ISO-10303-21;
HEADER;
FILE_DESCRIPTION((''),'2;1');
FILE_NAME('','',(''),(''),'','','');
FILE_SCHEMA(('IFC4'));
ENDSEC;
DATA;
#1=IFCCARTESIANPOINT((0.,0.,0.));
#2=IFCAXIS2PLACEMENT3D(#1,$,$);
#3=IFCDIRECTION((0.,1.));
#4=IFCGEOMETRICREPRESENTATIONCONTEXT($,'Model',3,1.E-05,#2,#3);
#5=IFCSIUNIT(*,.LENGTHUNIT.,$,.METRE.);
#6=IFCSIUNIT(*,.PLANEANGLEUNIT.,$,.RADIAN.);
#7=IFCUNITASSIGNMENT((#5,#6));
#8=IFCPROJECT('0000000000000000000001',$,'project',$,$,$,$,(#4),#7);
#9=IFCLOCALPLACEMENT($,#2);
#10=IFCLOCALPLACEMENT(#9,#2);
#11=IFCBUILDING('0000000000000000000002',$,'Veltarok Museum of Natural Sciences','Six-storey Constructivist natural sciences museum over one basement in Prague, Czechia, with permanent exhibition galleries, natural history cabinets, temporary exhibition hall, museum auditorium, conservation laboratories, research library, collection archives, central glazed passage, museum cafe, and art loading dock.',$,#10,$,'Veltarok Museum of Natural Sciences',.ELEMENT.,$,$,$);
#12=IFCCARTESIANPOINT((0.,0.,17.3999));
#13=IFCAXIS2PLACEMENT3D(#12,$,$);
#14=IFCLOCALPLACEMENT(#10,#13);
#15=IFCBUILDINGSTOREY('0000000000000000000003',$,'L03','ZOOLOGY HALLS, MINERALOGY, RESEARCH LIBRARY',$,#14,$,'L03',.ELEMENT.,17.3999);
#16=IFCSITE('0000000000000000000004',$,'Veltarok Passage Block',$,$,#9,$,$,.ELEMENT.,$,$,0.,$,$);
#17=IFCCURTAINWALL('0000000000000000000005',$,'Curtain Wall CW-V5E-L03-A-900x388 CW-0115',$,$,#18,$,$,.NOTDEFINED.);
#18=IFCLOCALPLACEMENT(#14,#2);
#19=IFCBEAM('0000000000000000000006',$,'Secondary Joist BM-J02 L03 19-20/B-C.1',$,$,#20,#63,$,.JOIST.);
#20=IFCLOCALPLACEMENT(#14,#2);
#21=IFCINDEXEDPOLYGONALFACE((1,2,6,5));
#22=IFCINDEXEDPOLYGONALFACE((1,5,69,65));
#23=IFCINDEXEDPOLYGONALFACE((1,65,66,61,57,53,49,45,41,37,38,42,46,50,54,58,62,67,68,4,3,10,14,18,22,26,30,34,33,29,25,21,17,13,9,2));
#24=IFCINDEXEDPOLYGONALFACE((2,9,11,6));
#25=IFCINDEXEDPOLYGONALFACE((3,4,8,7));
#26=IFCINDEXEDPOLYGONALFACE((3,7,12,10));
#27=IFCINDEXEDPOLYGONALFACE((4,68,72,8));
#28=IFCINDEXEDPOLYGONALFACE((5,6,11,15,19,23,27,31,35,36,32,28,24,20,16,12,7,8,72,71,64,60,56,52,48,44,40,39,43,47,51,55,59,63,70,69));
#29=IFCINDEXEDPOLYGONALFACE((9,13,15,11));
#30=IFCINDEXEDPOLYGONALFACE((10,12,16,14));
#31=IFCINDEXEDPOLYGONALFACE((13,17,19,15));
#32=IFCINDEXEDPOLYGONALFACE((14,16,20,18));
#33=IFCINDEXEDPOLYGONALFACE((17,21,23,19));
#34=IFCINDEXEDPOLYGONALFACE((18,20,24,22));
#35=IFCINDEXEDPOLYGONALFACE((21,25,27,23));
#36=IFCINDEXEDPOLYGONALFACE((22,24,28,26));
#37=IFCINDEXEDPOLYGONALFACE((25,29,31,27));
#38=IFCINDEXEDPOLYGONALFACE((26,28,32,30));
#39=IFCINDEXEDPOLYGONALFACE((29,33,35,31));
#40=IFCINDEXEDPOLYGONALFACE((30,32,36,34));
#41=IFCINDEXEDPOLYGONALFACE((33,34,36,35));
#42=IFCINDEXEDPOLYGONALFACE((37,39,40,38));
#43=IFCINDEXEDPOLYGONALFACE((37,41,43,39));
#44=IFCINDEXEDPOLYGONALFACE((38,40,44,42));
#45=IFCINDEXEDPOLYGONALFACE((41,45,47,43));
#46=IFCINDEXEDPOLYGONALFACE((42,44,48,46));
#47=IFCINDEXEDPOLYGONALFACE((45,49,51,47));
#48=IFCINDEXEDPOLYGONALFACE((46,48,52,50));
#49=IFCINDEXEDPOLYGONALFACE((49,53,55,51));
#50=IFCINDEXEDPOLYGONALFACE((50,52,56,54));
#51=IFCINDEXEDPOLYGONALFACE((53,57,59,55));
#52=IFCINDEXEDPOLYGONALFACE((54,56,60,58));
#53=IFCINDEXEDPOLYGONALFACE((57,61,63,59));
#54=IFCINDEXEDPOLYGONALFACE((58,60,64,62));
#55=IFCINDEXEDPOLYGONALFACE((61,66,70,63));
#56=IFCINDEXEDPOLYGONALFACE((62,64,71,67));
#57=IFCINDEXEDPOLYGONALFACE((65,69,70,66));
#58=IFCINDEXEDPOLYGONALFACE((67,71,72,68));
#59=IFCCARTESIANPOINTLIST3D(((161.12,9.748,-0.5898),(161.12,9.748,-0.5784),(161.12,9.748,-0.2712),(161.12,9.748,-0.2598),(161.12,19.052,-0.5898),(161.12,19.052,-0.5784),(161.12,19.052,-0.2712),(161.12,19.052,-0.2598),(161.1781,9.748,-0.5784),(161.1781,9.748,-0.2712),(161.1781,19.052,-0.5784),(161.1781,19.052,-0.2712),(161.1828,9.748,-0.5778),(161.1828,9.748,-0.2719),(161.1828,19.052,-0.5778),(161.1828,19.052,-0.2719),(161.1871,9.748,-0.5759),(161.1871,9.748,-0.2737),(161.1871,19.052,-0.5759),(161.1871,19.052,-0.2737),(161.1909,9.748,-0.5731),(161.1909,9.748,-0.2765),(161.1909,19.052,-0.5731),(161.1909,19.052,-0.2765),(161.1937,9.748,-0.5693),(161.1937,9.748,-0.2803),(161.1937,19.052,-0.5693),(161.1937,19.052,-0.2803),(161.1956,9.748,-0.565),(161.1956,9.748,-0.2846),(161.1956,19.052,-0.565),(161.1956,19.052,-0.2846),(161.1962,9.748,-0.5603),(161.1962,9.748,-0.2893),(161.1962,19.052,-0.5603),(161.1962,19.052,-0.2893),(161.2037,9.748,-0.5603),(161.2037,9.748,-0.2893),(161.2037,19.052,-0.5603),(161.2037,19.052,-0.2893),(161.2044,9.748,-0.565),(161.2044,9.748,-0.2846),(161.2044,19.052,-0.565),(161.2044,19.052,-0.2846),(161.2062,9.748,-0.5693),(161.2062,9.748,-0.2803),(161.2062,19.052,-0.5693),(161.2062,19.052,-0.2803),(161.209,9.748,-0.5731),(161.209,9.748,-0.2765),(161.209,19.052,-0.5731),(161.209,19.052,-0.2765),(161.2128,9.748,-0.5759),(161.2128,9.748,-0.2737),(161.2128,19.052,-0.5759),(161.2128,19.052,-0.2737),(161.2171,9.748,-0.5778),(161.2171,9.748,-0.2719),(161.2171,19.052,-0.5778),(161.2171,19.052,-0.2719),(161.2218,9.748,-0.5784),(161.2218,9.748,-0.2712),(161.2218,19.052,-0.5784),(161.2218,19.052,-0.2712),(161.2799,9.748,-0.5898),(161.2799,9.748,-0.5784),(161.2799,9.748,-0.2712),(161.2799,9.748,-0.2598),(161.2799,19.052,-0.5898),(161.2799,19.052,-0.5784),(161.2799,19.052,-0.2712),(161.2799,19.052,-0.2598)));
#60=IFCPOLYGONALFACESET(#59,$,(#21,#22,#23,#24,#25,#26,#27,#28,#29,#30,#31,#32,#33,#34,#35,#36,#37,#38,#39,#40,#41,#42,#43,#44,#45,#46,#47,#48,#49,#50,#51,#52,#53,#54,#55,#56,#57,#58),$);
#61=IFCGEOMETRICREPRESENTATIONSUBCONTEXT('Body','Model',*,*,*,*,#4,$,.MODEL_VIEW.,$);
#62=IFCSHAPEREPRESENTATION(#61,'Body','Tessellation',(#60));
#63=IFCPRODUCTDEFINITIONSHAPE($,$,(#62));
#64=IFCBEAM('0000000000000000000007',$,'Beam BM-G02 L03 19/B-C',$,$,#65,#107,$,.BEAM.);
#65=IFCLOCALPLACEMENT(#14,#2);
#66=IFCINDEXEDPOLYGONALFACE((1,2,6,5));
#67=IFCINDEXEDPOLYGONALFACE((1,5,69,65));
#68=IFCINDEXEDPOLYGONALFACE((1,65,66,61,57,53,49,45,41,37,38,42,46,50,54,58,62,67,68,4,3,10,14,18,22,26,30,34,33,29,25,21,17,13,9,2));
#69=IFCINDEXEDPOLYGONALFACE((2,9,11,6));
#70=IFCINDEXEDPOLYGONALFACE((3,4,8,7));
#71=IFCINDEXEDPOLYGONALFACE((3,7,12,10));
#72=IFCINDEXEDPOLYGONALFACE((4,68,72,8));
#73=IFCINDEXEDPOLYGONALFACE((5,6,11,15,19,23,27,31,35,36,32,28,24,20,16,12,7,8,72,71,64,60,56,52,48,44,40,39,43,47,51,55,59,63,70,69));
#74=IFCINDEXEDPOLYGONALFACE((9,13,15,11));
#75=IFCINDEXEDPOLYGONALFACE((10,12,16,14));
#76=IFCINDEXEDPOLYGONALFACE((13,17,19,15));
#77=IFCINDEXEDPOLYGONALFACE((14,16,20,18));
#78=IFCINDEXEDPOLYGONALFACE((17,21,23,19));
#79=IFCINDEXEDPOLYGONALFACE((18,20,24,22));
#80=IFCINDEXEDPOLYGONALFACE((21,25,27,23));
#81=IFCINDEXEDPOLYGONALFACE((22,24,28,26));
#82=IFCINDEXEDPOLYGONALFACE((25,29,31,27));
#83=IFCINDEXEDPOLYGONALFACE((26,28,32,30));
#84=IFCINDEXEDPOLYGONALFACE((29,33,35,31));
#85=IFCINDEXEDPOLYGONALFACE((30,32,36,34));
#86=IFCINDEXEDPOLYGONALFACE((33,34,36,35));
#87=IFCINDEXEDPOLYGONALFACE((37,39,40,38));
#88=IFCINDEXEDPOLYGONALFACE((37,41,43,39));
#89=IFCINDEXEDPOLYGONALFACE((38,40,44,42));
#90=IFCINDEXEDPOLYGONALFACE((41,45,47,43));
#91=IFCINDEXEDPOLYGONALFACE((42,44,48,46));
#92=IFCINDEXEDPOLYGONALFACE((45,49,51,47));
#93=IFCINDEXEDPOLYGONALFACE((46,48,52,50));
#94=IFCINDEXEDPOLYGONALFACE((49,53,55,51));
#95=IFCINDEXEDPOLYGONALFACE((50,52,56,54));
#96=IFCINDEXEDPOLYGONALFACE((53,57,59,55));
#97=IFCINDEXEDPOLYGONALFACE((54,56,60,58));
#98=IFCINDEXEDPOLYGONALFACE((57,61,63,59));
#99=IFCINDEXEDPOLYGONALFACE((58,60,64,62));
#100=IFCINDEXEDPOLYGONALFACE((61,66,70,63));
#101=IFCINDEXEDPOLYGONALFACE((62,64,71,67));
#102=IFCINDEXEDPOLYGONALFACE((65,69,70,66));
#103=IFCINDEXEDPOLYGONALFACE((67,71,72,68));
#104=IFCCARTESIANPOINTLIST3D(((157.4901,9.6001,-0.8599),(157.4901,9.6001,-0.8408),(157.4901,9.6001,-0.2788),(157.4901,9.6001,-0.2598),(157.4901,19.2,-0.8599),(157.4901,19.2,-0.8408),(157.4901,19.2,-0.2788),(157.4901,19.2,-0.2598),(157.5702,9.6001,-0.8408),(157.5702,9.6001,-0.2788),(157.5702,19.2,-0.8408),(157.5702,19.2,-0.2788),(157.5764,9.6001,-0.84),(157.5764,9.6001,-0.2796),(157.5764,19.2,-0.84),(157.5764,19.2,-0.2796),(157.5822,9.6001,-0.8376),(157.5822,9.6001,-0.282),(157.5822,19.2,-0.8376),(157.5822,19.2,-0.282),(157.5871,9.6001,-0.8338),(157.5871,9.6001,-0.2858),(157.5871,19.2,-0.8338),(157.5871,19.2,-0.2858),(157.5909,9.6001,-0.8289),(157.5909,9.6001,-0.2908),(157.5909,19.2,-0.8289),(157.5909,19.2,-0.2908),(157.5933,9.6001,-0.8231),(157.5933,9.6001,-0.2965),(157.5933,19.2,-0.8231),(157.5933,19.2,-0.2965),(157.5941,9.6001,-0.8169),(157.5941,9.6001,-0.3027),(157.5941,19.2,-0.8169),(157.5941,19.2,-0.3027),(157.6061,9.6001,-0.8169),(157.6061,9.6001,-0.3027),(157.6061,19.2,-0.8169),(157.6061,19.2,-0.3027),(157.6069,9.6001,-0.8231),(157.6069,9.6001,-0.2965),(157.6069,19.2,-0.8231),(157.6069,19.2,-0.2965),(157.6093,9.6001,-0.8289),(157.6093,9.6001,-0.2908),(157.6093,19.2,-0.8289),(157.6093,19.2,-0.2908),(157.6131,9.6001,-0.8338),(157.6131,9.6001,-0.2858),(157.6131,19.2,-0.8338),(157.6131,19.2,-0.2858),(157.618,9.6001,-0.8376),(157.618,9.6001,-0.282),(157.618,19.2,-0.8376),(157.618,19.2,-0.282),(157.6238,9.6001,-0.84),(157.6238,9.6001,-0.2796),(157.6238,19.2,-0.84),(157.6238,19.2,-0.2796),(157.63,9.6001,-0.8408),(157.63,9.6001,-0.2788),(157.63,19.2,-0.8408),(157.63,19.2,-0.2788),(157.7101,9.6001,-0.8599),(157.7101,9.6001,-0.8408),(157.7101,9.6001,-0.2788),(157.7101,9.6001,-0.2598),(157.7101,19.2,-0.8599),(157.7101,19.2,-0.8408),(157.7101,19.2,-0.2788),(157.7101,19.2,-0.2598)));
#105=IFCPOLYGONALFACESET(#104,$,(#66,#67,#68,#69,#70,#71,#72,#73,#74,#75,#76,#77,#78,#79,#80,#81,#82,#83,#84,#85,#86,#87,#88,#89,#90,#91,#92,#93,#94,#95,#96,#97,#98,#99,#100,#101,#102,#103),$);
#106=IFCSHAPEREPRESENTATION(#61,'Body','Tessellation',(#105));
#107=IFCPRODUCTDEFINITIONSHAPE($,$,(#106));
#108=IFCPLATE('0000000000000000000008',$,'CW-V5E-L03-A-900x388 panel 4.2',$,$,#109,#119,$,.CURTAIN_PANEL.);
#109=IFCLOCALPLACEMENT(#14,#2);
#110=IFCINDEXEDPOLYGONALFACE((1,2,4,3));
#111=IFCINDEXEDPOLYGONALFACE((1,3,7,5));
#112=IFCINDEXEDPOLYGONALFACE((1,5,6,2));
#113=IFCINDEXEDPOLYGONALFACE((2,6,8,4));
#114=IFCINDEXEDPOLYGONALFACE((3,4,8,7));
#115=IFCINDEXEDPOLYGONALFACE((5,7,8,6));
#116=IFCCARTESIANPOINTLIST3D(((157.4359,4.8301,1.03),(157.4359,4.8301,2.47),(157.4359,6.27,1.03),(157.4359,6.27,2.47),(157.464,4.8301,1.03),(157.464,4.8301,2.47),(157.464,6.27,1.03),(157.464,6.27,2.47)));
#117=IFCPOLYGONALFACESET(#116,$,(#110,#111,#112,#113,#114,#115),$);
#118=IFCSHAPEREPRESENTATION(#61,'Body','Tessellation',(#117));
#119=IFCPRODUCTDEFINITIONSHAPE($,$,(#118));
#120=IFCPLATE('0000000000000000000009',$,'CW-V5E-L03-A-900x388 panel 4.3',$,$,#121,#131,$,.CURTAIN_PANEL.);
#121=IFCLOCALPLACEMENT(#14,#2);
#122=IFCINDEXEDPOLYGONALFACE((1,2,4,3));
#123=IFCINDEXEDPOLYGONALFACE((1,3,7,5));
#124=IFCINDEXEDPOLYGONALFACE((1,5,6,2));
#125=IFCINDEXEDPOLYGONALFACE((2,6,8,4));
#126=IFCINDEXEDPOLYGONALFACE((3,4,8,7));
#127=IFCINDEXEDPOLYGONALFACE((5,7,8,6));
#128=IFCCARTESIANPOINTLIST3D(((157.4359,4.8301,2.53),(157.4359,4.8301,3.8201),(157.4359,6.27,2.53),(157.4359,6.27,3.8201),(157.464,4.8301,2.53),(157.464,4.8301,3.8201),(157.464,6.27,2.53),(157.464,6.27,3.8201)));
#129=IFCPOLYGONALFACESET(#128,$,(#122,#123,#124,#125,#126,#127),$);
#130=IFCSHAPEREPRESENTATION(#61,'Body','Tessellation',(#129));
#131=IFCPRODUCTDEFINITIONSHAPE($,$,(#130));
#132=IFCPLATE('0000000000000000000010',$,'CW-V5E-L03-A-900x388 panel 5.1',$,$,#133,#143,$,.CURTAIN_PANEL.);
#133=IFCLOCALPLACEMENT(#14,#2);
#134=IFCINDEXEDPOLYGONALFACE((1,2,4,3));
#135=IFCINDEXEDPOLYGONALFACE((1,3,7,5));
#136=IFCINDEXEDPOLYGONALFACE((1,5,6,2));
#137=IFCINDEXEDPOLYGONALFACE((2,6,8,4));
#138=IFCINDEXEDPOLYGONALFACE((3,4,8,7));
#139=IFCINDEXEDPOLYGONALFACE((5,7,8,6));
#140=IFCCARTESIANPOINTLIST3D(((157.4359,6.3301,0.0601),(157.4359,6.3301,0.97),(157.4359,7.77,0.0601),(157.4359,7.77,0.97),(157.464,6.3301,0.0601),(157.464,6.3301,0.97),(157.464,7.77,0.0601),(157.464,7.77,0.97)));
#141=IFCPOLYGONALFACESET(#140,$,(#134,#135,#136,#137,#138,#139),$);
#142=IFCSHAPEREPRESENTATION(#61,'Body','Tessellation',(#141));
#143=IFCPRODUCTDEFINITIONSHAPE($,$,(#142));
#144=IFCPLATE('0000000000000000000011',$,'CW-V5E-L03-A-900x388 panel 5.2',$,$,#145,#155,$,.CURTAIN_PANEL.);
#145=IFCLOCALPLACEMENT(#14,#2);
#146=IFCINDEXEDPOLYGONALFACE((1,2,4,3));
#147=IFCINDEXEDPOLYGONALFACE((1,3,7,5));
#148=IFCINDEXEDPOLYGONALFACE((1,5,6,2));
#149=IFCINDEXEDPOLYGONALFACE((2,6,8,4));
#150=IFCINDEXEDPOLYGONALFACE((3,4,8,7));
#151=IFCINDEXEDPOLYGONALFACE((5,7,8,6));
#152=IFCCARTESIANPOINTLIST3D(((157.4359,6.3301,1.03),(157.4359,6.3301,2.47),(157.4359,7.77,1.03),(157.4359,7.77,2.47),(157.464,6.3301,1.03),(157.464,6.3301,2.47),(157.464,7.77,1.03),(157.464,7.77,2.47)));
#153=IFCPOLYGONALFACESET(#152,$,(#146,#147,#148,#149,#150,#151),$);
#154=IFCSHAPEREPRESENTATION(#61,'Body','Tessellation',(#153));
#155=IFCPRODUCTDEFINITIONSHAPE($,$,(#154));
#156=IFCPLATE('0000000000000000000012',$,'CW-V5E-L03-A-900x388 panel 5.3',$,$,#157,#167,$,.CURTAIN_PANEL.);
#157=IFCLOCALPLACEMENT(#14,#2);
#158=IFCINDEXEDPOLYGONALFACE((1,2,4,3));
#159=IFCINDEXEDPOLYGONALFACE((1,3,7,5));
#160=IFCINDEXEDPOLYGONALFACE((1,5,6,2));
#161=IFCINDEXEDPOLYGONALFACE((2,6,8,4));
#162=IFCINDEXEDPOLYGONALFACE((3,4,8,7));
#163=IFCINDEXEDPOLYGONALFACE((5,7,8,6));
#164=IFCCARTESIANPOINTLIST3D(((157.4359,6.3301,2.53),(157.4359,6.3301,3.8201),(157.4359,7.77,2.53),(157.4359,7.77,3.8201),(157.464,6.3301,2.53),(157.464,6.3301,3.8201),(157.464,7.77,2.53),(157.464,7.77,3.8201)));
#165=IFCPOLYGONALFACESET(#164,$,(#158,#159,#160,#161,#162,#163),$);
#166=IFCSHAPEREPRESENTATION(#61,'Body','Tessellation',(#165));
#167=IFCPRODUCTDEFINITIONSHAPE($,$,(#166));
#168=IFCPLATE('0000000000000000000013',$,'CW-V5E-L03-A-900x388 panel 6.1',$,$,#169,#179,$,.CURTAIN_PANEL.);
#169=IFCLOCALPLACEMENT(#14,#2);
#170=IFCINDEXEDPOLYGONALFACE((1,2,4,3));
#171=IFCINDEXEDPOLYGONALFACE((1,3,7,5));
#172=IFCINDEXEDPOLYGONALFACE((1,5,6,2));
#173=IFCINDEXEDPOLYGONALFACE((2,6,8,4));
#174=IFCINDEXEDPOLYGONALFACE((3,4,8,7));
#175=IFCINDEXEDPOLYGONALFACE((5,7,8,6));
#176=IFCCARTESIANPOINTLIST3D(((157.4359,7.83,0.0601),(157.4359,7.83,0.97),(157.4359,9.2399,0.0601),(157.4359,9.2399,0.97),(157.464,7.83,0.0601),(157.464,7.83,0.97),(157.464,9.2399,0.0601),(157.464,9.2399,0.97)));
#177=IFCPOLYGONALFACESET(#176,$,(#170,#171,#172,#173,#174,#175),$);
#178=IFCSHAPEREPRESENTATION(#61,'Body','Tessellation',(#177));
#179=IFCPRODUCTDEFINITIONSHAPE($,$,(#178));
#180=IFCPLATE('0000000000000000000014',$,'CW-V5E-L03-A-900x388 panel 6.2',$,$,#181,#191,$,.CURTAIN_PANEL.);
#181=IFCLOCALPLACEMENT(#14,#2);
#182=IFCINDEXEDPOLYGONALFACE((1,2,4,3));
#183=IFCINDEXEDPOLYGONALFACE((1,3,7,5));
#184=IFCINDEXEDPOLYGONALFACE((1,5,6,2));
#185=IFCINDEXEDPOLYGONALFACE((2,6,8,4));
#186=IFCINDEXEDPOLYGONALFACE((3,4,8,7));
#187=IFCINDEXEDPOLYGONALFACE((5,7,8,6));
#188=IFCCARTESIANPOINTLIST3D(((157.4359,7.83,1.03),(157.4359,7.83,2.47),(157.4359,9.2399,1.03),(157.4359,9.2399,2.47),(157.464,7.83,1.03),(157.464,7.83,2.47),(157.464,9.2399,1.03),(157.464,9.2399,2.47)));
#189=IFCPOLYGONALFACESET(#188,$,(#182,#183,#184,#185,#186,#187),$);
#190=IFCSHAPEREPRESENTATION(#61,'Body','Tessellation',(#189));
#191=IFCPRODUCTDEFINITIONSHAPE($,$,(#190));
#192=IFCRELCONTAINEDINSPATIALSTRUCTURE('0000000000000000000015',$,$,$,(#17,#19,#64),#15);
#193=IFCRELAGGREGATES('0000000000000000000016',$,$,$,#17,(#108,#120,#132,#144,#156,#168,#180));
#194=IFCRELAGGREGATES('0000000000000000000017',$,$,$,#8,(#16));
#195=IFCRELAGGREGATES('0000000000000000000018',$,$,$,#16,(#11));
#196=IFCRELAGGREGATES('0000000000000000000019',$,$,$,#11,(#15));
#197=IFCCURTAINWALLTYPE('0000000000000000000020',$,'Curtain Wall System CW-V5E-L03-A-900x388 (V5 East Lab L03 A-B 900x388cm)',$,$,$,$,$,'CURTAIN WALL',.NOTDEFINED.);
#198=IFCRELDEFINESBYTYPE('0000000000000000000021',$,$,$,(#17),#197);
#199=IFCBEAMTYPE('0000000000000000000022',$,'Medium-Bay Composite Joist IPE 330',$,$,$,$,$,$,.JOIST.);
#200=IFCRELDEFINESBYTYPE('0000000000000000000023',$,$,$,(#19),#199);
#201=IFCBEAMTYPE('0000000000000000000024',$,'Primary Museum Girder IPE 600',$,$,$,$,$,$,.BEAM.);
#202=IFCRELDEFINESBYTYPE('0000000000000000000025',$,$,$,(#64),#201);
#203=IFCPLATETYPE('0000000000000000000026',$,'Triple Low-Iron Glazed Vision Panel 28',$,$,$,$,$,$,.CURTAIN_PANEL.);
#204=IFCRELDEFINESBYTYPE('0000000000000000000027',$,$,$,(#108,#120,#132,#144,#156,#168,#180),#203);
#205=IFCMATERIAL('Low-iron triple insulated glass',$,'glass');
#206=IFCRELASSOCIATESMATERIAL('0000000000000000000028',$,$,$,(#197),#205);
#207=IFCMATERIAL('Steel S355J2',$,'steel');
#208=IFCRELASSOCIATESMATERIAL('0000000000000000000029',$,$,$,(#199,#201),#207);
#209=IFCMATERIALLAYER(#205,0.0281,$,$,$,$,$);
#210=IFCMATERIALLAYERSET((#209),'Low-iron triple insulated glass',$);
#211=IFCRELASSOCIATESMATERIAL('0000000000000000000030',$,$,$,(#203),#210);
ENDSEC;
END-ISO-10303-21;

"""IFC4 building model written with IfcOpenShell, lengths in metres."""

from ifc_helpers import new_model, si_unit, direction, frame, origin, origin_2d, place, context, subcontext, project, spatial, rectangle, i_section, extrude, material, layer, layer_set, material_profile, profile_set, type_object, element, aggregate, save


model = new_model("IFC4")

# Units and contexts
model_context = context("Model", 3, precision=1e-05, world=origin(), true_north=direction((0.0, 1.0)))
body_context = subcontext(model_context, "Body", "Model", "MODEL_VIEW")
ifc_project = project(units=[si_unit("LENGTHUNIT", "METRE"), si_unit("PLANEANGLEUNIT", "RADIAN")], contexts=[model_context])

# Site, building, storey
site_placement = place(None, origin())
site = spatial("IfcSite", under=ifc_project, at=site_placement, Name="Veltarok Passage Block", CompositionType="ELEMENT", RefElevation=0.0)
building_placement = place(site_placement, origin())
building = spatial("IfcBuilding", under=site, at=building_placement, Name="Veltarok Museum of Natural Sciences", Description="Six-storey Constructivist natural sciences museum over one basement in Prague, Czechia, with permanent exhibition galleries, natural history cabinets, temporary exhibition hall, museum auditorium, conservation laboratories, research library, collection archives, central glazed passage, museum cafe, and art loading dock.", LongName="Veltarok Museum of Natural Sciences", CompositionType="ELEMENT")
storey_placement = place(building_placement, frame((0.0, 0.0, 17.3999)))
storey = spatial("IfcBuildingStorey", under=building, at=storey_placement, Name="L03", Description="ZOOLOGY HALLS, MINERALOGY, RESEARCH LIBRARY", LongName="L03", CompositionType="ELEMENT", Elevation=17.3999)

# Shared definitions
ifc_material_1 = material(Name="Steel S355J2", Category="steel")

# Curtain wall
ifc_material_2 = material(Name="Low-iron triple insulated glass", Category="glass")
curtain_wall_type_1 = type_object("IfcCurtainWallType", Name="Curtain Wall System CW-V5E-L03-A-900x388 (V5 East Lab L03 A-B 900x388cm)", ElementType="CURTAIN WALL", PredefinedType="NOTDEFINED", material=ifc_material_2)
curtain_wall_1_placement = place(storey_placement, origin())
curtain_wall_1 = element("IfcCurtainWall", 1, at=curtain_wall_1_placement, inside=storey, type_object=curtain_wall_type_1, Name="Curtain Wall CW-V5E-L03-A-900x388 CW-0115", PredefinedType="NOTDEFINED")

# Beams
ifc_material_profile_1 = material_profile(ifc_material_1, i_section(OverallWidth=0.1599, OverallDepth=0.3301, WebThickness=0.0076, FlangeThickness=0.0115, FilletRadius=0.0181, at=origin_2d()), Name="IPE 330")
ifc_profile_set_1 = profile_set([ifc_material_profile_1], Name="Steel S355J2")
beam_type_1 = type_object("IfcBeamType", Name="Medium-Bay Composite Joist IPE 330", PredefinedType="JOIST", material=ifc_profile_set_1)
beam_1_placement = place(storey_placement, frame((161.2, 9.748, -0.4248), z_axis=(0.0, 1.0, 0.0), x_axis=(-1.0, 0.0, 0.0)))
element("IfcBeam", 2, at=beam_1_placement, inside=storey, type_object=beam_type_1, Name="Secondary Joist BM-J02 L03 19-20/B-C.1", PredefinedType="JOIST", context=body_context, shape_type="SweptSolid", body=[
    extrude(i_section(OverallWidth=0.1599, OverallDepth=0.3301, WebThickness=0.0076, FlangeThickness=0.0115, FilletRadius=0.0181, at=origin_2d()), origin(), (0.0, 0.0, 1.0), 9.304),
])
ifc_material_profile_2 = material_profile(ifc_material_1, i_section(OverallWidth=0.22, OverallDepth=0.6001, WebThickness=0.012, FlangeThickness=0.019, FilletRadius=0.0239, at=origin_2d()), Name="IPE 600")
ifc_profile_set_2 = profile_set([ifc_material_profile_2], Name="Steel S355J2")
beam_type_2 = type_object("IfcBeamType", Name="Primary Museum Girder IPE 600", PredefinedType="BEAM", material=ifc_profile_set_2)
beam_2_placement = place(storey_placement, frame((157.6001, 9.6001, -0.5598), z_axis=(0.0, 1.0, 0.0), x_axis=(-1.0, 0.0, 0.0)))
element("IfcBeam", 3, at=beam_2_placement, inside=storey, type_object=beam_type_2, Name="Beam BM-G02 L03 19/B-C", PredefinedType="BEAM", context=body_context, shape_type="SweptSolid", body=[
    extrude(i_section(OverallWidth=0.22, OverallDepth=0.6001, WebThickness=0.012, FlangeThickness=0.019, FilletRadius=0.0239, at=origin_2d()), origin(), (0.0, 0.0, 1.0), 9.5999),
])

# Plates
ifc_layer = layer(ifc_material_2, 0.0281)
ifc_layer_set = layer_set([ifc_layer], Name="Low-iron triple insulated glass")
plate_type = type_object("IfcPlateType", Name="Triple Low-Iron Glazed Vision Panel 28", PredefinedType="CURTAIN_PANEL", material=ifc_layer_set)
plate_1_placement = place(storey_placement, frame((157.45, 5.55, 1.03), z_axis=(0.0, 0.0, 1.0), x_axis=(0.0, 1.0, 0.0)))
plate_1 = element("IfcPlate", 4, at=plate_1_placement, type_object=plate_type, Name="CW-V5E-L03-A-900x388 panel 4.2", PredefinedType="CURTAIN_PANEL", context=body_context, shape_type="SweptSolid", body=[
    extrude(rectangle(XDim=1.4399, YDim=0.0281, at=origin_2d()), origin(), (0.0, 0.0, 1.0), 1.4399),
])
plate_2_placement = place(storey_placement, frame((157.45, 5.55, 2.53), z_axis=(0.0, 0.0, 1.0), x_axis=(0.0, 1.0, 0.0)))
plate_2 = element("IfcPlate", 5, at=plate_2_placement, type_object=plate_type, Name="CW-V5E-L03-A-900x388 panel 4.3", PredefinedType="CURTAIN_PANEL", context=body_context, shape_type="SweptSolid", body=[
    extrude(rectangle(XDim=1.4399, YDim=0.0281, at=origin_2d()), origin(), (0.0, 0.0, 1.0), 1.29),
])
plate_3_placement = place(storey_placement, frame((157.45, 7.05, 0.0601), z_axis=(0.0, 0.0, 1.0), x_axis=(0.0, 1.0, 0.0)))
plate_3 = element("IfcPlate", 6, at=plate_3_placement, type_object=plate_type, Name="CW-V5E-L03-A-900x388 panel 5.1", PredefinedType="CURTAIN_PANEL", context=body_context, shape_type="SweptSolid", body=[
    extrude(rectangle(XDim=1.4399, YDim=0.0281, at=origin_2d()), origin(), (0.0, 0.0, 1.0), 0.9099),
])
plate_4_placement = place(storey_placement, frame((157.45, 7.05, 1.03), z_axis=(0.0, 0.0, 1.0), x_axis=(0.0, 1.0, 0.0)))
plate_4 = element("IfcPlate", 7, at=plate_4_placement, type_object=plate_type, Name="CW-V5E-L03-A-900x388 panel 5.2", PredefinedType="CURTAIN_PANEL", context=body_context, shape_type="SweptSolid", body=[
    extrude(rectangle(XDim=1.4399, YDim=0.0281, at=origin_2d()), origin(), (0.0, 0.0, 1.0), 1.4399),
])
plate_5_placement = place(storey_placement, frame((157.45, 7.05, 2.53), z_axis=(0.0, 0.0, 1.0), x_axis=(0.0, 1.0, 0.0)))
plate_5 = element("IfcPlate", 8, at=plate_5_placement, type_object=plate_type, Name="CW-V5E-L03-A-900x388 panel 5.3", PredefinedType="CURTAIN_PANEL", context=body_context, shape_type="SweptSolid", body=[
    extrude(rectangle(XDim=1.4399, YDim=0.0281, at=origin_2d()), origin(), (0.0, 0.0, 1.0), 1.29),
])
plate_6_placement = place(storey_placement, frame((157.45, 8.5349, 0.0601), z_axis=(0.0, 0.0, 1.0), x_axis=(0.0, 1.0, 0.0)))
plate_6 = element("IfcPlate", 9, at=plate_6_placement, type_object=plate_type, Name="CW-V5E-L03-A-900x388 panel 6.1", PredefinedType="CURTAIN_PANEL", context=body_context, shape_type="SweptSolid", body=[
    extrude(rectangle(XDim=1.4099, YDim=0.0281, at=origin_2d()), origin(), (0.0, 0.0, 1.0), 0.9099),
])
plate_7_placement = place(storey_placement, frame((157.45, 8.5349, 1.03), z_axis=(0.0, 0.0, 1.0), x_axis=(0.0, 1.0, 0.0)))
plate_7 = element("IfcPlate", 10, at=plate_7_placement, type_object=plate_type, Name="CW-V5E-L03-A-900x388 panel 6.2", PredefinedType="CURTAIN_PANEL", context=body_context, shape_type="SweptSolid", body=[
    extrude(rectangle(XDim=1.4099, YDim=0.0281, at=origin_2d()), origin(), (0.0, 0.0, 1.0), 1.4399),
])
aggregate(curtain_wall_1, [plate_1, plate_2, plate_3, plate_4, plate_5, plate_6, plate_7])

save(model, "model.ifc")
